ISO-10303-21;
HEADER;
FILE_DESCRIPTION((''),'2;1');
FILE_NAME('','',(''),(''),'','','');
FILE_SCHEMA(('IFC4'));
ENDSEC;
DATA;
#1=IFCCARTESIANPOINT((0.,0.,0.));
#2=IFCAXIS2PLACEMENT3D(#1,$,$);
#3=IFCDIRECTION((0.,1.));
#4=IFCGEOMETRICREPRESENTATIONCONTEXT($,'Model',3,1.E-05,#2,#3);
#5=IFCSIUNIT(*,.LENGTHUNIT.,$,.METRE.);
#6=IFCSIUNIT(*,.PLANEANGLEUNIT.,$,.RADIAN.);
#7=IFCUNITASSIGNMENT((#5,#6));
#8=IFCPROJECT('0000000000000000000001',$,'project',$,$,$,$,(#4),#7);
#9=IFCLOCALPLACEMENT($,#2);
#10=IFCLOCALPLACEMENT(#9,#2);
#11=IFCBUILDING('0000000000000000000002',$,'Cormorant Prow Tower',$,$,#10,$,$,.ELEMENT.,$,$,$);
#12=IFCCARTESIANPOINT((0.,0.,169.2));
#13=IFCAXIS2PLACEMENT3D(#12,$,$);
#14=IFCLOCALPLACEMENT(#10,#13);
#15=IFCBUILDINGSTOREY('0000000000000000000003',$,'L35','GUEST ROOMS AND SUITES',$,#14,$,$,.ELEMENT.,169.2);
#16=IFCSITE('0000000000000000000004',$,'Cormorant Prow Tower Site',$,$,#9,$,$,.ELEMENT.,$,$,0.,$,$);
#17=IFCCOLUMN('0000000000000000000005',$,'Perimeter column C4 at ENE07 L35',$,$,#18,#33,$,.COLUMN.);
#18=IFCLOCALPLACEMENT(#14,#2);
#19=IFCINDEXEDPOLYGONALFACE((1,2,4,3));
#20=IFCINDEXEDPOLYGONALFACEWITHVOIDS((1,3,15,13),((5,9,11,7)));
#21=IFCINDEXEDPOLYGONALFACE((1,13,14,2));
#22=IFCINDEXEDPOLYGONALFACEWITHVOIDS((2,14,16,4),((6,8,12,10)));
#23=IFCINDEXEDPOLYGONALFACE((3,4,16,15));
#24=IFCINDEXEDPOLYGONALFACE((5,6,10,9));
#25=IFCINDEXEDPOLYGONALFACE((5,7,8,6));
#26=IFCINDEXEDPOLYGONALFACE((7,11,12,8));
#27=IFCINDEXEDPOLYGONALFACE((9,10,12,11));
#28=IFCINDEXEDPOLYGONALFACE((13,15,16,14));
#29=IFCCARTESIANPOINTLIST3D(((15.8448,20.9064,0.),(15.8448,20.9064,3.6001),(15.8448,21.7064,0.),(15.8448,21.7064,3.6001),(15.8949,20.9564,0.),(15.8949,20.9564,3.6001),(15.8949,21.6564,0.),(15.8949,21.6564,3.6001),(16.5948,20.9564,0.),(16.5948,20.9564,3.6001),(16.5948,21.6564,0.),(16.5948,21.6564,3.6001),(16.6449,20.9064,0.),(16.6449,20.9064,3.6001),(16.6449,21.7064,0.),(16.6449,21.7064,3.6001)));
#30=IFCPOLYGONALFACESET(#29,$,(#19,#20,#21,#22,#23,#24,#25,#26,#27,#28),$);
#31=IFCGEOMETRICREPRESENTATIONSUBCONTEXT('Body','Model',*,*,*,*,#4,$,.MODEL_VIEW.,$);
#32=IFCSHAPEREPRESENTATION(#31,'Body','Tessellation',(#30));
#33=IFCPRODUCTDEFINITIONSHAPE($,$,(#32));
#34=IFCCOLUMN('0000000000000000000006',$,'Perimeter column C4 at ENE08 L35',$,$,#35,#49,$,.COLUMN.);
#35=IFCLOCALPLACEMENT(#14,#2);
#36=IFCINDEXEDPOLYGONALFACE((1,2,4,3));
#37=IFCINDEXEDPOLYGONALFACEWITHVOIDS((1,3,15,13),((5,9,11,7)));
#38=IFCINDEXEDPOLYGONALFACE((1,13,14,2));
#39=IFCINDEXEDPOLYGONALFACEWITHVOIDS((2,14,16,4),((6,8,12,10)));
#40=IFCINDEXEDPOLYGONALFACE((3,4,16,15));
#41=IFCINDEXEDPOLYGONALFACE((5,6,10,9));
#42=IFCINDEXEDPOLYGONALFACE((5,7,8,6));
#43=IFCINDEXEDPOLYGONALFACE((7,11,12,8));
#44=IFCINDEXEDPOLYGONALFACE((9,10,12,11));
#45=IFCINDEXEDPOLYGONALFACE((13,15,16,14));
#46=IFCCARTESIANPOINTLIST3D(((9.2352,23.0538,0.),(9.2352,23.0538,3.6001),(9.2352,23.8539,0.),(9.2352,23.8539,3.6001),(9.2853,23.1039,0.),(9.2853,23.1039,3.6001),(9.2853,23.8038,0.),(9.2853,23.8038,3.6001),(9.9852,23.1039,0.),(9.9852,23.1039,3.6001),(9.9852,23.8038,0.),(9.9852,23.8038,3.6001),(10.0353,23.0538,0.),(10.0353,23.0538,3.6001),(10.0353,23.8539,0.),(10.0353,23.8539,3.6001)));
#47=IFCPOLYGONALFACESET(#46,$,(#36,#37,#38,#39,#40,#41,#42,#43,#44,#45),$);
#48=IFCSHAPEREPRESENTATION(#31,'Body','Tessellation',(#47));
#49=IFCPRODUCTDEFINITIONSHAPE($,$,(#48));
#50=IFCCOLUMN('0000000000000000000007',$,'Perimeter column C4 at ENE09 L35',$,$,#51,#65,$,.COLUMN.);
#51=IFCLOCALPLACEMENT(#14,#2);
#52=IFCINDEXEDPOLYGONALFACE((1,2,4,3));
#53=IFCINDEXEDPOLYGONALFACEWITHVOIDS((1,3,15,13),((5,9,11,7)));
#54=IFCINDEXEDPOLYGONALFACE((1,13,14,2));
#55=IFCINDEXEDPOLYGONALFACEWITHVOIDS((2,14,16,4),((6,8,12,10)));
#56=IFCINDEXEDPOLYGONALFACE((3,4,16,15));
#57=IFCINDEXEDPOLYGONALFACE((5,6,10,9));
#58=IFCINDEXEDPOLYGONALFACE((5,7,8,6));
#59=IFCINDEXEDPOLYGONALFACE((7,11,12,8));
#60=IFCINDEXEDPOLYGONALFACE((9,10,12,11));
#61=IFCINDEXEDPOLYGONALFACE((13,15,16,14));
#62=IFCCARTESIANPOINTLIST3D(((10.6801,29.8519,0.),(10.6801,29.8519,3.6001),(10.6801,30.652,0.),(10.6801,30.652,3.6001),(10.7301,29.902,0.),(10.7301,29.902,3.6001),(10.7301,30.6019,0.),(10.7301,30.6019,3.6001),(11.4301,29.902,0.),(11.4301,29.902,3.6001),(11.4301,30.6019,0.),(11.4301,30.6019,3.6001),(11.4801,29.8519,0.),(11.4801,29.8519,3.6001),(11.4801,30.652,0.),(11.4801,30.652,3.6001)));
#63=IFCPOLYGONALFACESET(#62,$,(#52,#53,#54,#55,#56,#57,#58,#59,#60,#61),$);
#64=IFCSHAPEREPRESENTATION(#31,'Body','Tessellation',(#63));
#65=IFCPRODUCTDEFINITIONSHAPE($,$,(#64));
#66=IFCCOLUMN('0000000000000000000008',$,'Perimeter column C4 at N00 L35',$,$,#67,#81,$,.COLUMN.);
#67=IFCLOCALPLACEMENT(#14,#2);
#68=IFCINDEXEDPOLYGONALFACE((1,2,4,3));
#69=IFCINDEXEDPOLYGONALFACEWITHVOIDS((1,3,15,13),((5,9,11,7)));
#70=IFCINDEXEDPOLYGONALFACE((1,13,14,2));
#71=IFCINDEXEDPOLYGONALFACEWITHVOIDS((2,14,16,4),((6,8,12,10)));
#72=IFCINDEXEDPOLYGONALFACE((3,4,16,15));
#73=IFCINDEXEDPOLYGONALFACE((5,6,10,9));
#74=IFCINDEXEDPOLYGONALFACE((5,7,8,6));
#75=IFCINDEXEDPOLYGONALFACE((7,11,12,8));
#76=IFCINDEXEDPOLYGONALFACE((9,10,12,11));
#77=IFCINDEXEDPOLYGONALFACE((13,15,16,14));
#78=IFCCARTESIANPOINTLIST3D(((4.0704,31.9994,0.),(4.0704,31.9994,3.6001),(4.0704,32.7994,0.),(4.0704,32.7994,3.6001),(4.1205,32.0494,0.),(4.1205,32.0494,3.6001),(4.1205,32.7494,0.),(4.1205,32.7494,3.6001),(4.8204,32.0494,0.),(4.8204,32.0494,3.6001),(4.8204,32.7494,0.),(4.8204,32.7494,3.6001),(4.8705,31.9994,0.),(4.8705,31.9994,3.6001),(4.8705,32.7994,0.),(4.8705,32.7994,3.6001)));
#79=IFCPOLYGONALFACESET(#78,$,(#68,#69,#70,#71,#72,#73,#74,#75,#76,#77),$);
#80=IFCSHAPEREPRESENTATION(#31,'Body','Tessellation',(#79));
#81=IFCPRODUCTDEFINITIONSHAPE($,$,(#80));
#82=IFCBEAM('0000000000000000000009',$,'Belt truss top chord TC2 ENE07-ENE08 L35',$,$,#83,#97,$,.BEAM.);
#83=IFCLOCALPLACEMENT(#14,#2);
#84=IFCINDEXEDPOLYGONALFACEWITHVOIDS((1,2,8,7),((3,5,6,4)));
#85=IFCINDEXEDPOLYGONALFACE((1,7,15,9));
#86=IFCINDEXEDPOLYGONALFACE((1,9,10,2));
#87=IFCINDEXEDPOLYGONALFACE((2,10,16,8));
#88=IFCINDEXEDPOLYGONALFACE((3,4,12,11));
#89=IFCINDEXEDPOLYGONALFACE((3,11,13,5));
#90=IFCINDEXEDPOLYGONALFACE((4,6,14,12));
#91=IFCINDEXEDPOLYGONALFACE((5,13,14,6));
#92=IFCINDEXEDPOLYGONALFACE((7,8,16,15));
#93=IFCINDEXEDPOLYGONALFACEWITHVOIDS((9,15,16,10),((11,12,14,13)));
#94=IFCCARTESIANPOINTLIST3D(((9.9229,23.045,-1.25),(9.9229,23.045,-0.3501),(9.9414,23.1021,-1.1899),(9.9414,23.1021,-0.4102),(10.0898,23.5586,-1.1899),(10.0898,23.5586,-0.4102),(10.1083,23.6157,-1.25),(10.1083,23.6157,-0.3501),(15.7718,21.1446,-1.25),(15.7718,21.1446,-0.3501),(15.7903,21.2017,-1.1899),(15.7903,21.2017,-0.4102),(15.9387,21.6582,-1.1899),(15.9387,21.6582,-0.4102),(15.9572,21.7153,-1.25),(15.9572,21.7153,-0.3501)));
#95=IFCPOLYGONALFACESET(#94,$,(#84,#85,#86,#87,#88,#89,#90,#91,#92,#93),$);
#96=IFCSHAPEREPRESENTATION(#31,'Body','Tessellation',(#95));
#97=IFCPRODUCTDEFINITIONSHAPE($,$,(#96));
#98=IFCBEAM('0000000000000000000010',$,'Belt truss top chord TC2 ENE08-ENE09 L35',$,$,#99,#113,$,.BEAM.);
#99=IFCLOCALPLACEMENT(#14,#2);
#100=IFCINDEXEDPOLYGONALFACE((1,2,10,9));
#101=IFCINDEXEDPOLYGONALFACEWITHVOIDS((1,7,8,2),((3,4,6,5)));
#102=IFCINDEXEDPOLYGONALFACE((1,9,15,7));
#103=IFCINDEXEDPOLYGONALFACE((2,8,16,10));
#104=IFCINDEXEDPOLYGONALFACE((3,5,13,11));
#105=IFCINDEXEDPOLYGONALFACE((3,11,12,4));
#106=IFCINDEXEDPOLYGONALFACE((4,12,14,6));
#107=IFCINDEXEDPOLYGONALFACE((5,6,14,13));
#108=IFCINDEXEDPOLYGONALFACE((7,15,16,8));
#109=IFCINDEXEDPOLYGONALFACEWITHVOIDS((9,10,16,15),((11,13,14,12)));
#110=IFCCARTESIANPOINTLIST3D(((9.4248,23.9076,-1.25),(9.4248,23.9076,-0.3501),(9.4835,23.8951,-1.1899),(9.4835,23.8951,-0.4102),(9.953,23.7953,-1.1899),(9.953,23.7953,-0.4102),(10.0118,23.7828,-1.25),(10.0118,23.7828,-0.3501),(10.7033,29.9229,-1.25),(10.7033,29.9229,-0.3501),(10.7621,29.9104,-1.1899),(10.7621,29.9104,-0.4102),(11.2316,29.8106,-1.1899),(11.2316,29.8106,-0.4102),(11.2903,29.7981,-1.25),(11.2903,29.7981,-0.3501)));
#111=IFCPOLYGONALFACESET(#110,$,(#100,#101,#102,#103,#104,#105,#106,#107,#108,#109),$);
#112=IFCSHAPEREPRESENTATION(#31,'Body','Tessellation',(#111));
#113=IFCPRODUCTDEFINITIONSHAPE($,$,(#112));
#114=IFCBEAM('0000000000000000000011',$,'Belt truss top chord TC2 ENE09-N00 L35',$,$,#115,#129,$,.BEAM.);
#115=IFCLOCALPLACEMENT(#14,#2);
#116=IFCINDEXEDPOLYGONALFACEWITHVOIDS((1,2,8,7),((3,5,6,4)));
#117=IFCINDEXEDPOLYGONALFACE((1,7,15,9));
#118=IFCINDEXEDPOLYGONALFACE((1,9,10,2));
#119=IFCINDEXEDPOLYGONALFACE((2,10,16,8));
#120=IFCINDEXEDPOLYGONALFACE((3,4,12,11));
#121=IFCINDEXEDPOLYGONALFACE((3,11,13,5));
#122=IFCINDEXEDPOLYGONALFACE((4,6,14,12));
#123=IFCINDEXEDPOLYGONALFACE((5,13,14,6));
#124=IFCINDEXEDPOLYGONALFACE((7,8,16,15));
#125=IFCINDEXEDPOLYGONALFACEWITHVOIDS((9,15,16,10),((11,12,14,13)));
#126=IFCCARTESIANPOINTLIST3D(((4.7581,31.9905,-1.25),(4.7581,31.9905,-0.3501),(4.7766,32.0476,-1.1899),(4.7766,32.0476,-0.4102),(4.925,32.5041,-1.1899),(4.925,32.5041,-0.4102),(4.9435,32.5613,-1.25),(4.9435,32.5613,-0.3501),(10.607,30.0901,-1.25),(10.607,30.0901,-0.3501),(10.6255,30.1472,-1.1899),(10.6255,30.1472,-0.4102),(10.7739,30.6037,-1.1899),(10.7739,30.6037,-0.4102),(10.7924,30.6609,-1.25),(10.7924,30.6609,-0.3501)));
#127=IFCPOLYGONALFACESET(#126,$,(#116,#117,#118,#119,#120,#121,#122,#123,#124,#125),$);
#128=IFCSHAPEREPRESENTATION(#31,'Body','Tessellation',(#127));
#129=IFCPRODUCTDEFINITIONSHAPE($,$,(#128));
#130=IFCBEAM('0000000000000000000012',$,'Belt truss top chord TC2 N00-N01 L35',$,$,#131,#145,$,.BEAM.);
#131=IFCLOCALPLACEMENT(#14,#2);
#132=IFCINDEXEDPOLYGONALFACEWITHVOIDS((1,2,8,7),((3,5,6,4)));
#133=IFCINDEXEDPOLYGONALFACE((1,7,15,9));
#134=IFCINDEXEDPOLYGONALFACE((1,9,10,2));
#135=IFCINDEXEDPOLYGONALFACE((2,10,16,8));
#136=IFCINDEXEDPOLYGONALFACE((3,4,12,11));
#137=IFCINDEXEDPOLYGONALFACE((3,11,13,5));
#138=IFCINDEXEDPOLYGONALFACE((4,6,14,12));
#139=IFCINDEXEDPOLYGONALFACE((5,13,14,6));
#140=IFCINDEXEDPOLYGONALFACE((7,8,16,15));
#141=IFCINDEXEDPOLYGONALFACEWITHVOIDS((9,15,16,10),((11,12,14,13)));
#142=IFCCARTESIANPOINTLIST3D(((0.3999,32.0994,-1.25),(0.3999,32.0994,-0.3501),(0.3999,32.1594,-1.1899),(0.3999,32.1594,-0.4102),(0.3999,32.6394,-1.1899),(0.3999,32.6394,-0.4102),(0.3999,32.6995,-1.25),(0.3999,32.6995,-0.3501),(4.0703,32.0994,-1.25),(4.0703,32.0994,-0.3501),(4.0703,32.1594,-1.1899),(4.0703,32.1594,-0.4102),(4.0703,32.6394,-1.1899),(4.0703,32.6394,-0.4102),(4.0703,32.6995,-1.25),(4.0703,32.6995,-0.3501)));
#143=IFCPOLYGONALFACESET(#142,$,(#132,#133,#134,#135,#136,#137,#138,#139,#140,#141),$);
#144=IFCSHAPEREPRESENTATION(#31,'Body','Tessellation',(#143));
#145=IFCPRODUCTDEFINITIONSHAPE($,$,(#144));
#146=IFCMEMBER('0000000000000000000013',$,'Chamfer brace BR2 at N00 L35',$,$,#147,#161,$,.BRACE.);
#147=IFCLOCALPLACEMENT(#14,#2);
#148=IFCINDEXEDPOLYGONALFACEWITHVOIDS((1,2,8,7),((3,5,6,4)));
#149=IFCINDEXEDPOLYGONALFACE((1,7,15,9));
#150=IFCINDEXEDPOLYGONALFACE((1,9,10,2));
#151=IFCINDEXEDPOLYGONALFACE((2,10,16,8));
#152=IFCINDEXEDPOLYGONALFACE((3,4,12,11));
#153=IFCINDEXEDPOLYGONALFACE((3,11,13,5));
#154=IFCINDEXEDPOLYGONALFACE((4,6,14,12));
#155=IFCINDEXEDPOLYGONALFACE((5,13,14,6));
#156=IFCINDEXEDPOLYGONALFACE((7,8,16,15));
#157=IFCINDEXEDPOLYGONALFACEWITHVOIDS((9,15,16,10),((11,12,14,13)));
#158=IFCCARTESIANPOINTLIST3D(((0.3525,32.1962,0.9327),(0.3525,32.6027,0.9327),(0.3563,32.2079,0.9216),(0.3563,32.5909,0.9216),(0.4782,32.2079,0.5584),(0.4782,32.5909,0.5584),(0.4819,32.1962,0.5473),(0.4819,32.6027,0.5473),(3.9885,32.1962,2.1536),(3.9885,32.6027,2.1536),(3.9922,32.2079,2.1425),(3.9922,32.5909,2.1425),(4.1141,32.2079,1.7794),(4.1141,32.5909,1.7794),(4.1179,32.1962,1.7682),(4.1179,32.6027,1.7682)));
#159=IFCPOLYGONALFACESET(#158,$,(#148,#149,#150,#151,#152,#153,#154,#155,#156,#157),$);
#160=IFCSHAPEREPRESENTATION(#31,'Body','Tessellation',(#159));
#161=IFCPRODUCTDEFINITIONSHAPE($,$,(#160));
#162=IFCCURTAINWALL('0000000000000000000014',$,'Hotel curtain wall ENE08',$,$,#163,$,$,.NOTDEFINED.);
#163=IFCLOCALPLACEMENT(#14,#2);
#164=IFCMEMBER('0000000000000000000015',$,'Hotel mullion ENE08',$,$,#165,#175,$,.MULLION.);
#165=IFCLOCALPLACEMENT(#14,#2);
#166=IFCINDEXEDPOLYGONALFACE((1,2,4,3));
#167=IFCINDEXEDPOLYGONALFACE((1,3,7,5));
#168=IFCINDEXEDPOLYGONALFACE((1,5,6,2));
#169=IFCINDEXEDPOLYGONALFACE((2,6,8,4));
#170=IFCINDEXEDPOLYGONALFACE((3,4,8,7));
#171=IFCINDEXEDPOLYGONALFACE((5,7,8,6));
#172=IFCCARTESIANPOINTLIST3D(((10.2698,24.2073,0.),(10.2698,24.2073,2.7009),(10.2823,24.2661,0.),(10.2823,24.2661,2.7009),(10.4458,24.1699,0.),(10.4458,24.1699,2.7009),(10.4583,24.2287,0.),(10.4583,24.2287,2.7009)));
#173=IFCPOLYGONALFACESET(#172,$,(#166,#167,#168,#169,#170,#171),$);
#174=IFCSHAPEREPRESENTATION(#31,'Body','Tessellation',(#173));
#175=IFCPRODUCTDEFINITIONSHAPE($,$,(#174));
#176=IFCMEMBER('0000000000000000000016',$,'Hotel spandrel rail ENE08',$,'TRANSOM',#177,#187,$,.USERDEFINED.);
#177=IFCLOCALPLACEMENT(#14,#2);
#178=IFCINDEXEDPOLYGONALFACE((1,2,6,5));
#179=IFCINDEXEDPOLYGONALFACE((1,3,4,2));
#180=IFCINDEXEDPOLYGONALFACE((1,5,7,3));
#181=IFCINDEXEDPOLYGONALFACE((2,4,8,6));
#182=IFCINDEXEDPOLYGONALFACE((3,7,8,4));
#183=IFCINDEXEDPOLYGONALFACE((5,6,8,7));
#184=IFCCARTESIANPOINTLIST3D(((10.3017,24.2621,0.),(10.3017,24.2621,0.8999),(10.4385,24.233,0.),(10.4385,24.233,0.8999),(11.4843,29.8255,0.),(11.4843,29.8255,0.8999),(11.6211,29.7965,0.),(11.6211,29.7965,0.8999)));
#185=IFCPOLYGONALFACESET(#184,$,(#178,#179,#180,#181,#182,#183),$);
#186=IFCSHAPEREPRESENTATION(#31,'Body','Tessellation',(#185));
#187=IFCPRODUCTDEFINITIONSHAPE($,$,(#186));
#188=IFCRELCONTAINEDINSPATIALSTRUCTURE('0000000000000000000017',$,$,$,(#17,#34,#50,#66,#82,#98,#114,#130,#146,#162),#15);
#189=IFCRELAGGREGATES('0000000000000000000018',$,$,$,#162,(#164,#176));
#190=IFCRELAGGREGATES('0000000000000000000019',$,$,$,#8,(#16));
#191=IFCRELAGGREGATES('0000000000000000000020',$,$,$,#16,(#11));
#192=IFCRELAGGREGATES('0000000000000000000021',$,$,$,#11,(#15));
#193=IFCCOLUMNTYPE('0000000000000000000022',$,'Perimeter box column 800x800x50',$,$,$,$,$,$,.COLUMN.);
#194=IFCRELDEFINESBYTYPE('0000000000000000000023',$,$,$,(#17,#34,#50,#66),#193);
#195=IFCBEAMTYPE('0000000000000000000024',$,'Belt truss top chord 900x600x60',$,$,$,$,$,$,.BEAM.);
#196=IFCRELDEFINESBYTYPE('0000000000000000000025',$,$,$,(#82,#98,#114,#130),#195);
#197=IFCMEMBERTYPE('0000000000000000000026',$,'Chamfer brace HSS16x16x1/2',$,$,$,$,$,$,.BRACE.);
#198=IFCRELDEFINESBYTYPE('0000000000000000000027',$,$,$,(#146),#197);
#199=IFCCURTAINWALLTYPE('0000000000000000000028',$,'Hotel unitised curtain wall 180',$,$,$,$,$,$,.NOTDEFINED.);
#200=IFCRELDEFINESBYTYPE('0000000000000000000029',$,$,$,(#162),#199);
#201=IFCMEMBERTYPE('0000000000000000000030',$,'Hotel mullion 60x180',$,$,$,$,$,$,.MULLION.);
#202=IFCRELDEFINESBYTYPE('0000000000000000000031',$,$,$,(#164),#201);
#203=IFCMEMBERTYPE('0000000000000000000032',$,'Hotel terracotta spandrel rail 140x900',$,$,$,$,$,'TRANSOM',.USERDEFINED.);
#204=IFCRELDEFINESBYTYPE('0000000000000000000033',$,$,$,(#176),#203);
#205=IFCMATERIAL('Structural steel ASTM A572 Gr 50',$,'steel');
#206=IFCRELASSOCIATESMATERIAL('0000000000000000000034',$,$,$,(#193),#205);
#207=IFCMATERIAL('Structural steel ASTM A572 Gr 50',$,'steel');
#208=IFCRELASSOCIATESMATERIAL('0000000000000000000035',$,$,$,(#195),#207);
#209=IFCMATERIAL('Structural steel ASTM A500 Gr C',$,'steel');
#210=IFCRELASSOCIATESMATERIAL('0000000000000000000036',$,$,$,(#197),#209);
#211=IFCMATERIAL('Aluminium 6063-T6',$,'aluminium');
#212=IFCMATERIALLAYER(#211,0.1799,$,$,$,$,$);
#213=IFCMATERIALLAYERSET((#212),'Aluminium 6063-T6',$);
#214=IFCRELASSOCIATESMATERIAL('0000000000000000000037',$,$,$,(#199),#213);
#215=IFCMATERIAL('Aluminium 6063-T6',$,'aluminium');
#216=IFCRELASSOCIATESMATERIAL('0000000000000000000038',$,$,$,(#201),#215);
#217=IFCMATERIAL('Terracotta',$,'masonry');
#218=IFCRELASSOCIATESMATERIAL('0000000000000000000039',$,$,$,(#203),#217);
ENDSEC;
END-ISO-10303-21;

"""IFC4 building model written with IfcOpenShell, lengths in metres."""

from ifc_helpers import new_model, si_unit, direction, frame, origin, origin_2d, place, context, subcontext, project, spatial, rectangle, hollow_rectangle, extrude, material, layer, layer_set, material_profile, profile_set, type_object, element, aggregate, save


model = new_model("IFC4")

# Units and contexts
model_context = context("Model", 3, precision=1e-05, world=origin(), true_north=direction((0.0, 1.0)))
body_context = subcontext(model_context, "Body", "Model", "MODEL_VIEW")
ifc_project = project(units=[si_unit("LENGTHUNIT", "METRE"), si_unit("PLANEANGLEUNIT", "RADIAN")], contexts=[model_context])

# Site, building, storey
site_placement = place(None, origin())
site = spatial("IfcSite", under=ifc_project, at=site_placement, Name="Cormorant Prow Tower Site", CompositionType="ELEMENT", RefElevation=0.0)
building_placement = place(site_placement, origin())
building = spatial("IfcBuilding", under=site, at=building_placement, Name="Cormorant Prow Tower", CompositionType="ELEMENT")
storey_placement = place(building_placement, frame((0.0, 0.0, 169.2)))
storey = spatial("IfcBuildingStorey", under=building, at=storey_placement, Name="L35", Description="GUEST ROOMS AND SUITES", CompositionType="ELEMENT", Elevation=169.2)

# Columns
ifc_material_1 = material(Name="Structural steel ASTM A572 Gr 50", Category="steel")
ifc_material_profile_1 = material_profile(ifc_material_1, hollow_rectangle(XDim=0.8, YDim=0.8, WallThickness=0.05, at=origin_2d()), Name="Box 800x800x50")
ifc_profile_set_1 = profile_set([ifc_material_profile_1], Name="Structural steel ASTM A572 Gr 50")
column_type = type_object("IfcColumnType", Name="Perimeter box column 800x800x50", PredefinedType="COLUMN", material=ifc_profile_set_1)
for number, where, z_axis, x_axis, name in (
    (1, (16.2449, 21.3064, 0.0), (0.0, 0.0, 1.0), (1.0, 0.0, 0.0), "Perimeter column C4 at ENE07 L35"),
    (2, (9.6353, 23.4539, 0.0), (0.0, 0.0, 1.0), (1.0, 0.0, 0.0), "Perimeter column C4 at ENE08 L35"),
    (3, (11.0801, 30.252, 0.0), (0.0, 0.0, 1.0), (1.0, 0.0, 0.0), "Perimeter column C4 at ENE09 L35"),
    (4, (4.4705, 32.3994, 0.0), (0.0, 0.0, 1.0), (1.0, 0.0, 0.0), "Perimeter column C4 at N00 L35"),
):
    element("IfcColumn", number, at=place(storey_placement, frame(where, z_axis=z_axis, x_axis=x_axis)), inside=storey, type_object=column_type, Name=name, PredefinedType="COLUMN", context=body_context, shape_type="SweptSolid", body=[
        extrude(hollow_rectangle(XDim=0.8, YDim=0.8, WallThickness=0.05, at=origin_2d()), origin(), (0.0, 0.0, 1.0), 3.6001),
    ])

# Beams
ifc_material_2 = material(Name="Structural steel ASTM A572 Gr 50", Category="steel")
ifc_material_profile_2 = material_profile(ifc_material_2, hollow_rectangle(XDim=0.6001, YDim=0.8999, WallThickness=0.0601, at=origin_2d()), Name="Box 900x600x60")
ifc_profile_set_2 = profile_set([ifc_material_profile_2], Name="Structural steel ASTM A572 Gr 50")
beam_type = type_object("IfcBeamType", Name="Belt truss top chord 900x600x60", PredefinedType="BEAM", material=ifc_profile_set_2)
beam_1_placement = place(storey_placement, frame((15.8645, 21.4299, -0.8), z_axis=(-0.951058, 0.309013, 0.0), x_axis=(-0.309013, -0.951058, 0.0)))
element("IfcBeam", 5, at=beam_1_placement, inside=storey, type_object=beam_type, Name="Belt truss top chord TC2 ENE07-ENE08 L35", PredefinedType="BEAM", context=body_context, shape_type="SweptSolid", body=[
    extrude(hollow_rectangle(XDim=0.6001, YDim=0.8999, WallThickness=0.0601, at=origin_2d()), origin(), (0.0, 0.0, 1.0), 6.1499),
])
beam_2_placement = place(storey_placement, frame((9.7183, 23.8452, -0.8), z_axis=(0.207905, 0.978149, 0.0), x_axis=(-0.978149, 0.207905, 0.0)))
element("IfcBeam", 6, at=beam_2_placement, inside=storey, type_object=beam_type, Name="Belt truss top chord TC2 ENE08-ENE09 L35", PredefinedType="BEAM", context=body_context, shape_type="SweptSolid", body=[
    extrude(hollow_rectangle(XDim=0.6001, YDim=0.8999, WallThickness=0.0601, at=origin_2d()), origin(), (0.0, 0.0, 1.0), 6.1497),
])
beam_3_placement = place(storey_placement, frame((10.6997, 30.3755, -0.8), z_axis=(-0.951058, 0.309013, 0.0), x_axis=(-0.309013, -0.951058, 0.0)))
element("IfcBeam", 7, at=beam_3_placement, inside=storey, type_object=beam_type, Name="Belt truss top chord TC2 ENE09-N00 L35", PredefinedType="BEAM", context=body_context, shape_type="SweptSolid", body=[
    extrude(hollow_rectangle(XDim=0.6001, YDim=0.8999, WallThickness=0.0601, at=origin_2d()), origin(), (0.0, 0.0, 1.0), 6.1499),
])
beam_4_placement = place(storey_placement, frame((4.0703, 32.3994, -0.8), z_axis=(-1.0, 0.0, 0.0), x_axis=(0.0, -1.0, 0.0)))
element("IfcBeam", 8, at=beam_4_placement, inside=storey, type_object=beam_type, Name="Belt truss top chord TC2 N00-N01 L35", PredefinedType="BEAM", context=body_context, shape_type="SweptSolid", body=[
    extrude(hollow_rectangle(XDim=0.6001, YDim=0.8999, WallThickness=0.0601, at=origin_2d()), origin(), (0.0, 0.0, 1.0), 3.6704),
])

# Member
ifc_material_3 = material(Name="Structural steel ASTM A500 Gr C", Category="steel")
ifc_material_profile_3 = material_profile(ifc_material_3, hollow_rectangle(XDim=0.4065, YDim=0.4065, WallThickness=0.0117, at=origin_2d()), Name="HSS16x16x1/2")
ifc_profile_set_3 = profile_set([ifc_material_profile_3], Name="Structural steel ASTM A500 Gr C")
member_type_1 = type_object("IfcMemberType", Name="Chamfer brace HSS16x16x1/2", PredefinedType="BRACE", material=ifc_profile_set_3)
member_1_placement = place(storey_placement, frame((0.4172, 32.3994, 0.74), z_axis=(0.947981, 0.0, 0.318328), x_axis=(0.0, 1.0, 0.0)))
element("IfcMember", 9, at=member_1_placement, inside=storey, type_object=member_type_1, Name="Chamfer brace BR2 at N00 L35", PredefinedType="BRACE", context=body_context, shape_type="SweptSolid", body=[
    extrude(hollow_rectangle(XDim=0.4065, YDim=0.4065, WallThickness=0.0117, at=origin_2d()), origin(), (0.0, 0.0, 1.0), 3.8354),
])

# Curtain wall, members
ifc_material_4 = material(Name="Aluminium 6063-T6", Category="aluminium")
ifc_layer_1 = layer(ifc_material_4, 0.1799)
ifc_layer_set_1 = layer_set([ifc_layer_1], Name="Aluminium 6063-T6")
curtain_wall_type = type_object("IfcCurtainWallType", Name="Hotel unitised curtain wall 180", PredefinedType="NOTDEFINED", material=ifc_layer_set_1)
curtain_wall_1_placement = place(storey_placement, origin())
curtain_wall_1 = element("IfcCurtainWall", 10, at=curtain_wall_1_placement, inside=storey, type_object=curtain_wall_type, Name="Hotel curtain wall ENE08", PredefinedType="NOTDEFINED")
ifc_material_5 = material(Name="Aluminium 6063-T6", Category="aluminium")
ifc_material_profile_4 = material_profile(ifc_material_5, rectangle(XDim=0.1799, YDim=0.0601, at=origin_2d()), Name="Hotel mullion 60x180")
ifc_profile_set_4 = profile_set([ifc_material_profile_4], Name="Aluminium 6063-T6")
member_type_2 = type_object("IfcMemberType", Name="Hotel mullion 60x180", PredefinedType="MULLION", material=ifc_profile_set_4)
member_2_placement = place(storey_placement, frame((10.364, 24.218, 0.0), z_axis=(0.0, 0.0, 1.0), x_axis=(-0.978148, 0.207912, 0.0)))
member_2 = element("IfcMember", 11, at=member_2_placement, type_object=member_type_2, Name="Hotel mullion ENE08", PredefinedType="MULLION", context=body_context, shape_type="SweptSolid", body=[
    extrude(rectangle(XDim=0.1799, YDim=0.0601, at=origin_2d()), origin(), (0.0, 0.0, 1.0), 2.7009),
])
ifc_material_6 = material(Name="Terracotta", Category="masonry")
ifc_material_profile_5 = material_profile(ifc_material_6, rectangle(XDim=0.1399, YDim=0.8999, at=origin_2d()), Name="Hotel terracotta spandrel rail 140x900")
ifc_profile_set_5 = profile_set([ifc_material_profile_5], Name="Terracotta")
member_type_3 = type_object("IfcMemberType", Name="Hotel terracotta spandrel rail 140x900", ElementType="TRANSOM", PredefinedType="USERDEFINED", material=ifc_profile_set_5)
member_3_placement = place(storey_placement, frame((10.3701, 24.2476, 0.45), z_axis=(0.207922, 0.978145, 0.0), x_axis=(-0.978145, 0.207922, 0.0)))
member_3 = element("IfcMember", 12, at=member_3_placement, type_object=member_type_3, Name="Hotel spandrel rail ENE08", ObjectType="TRANSOM", PredefinedType="USERDEFINED", context=body_context, shape_type="SweptSolid", body=[
    extrude(rectangle(XDim=0.1399, YDim=0.8999, at=origin_2d()), origin(), (0.0, 0.0, 1.0), 5.6877),
])

aggregate(curtain_wall_1, [member_2, member_3])

save(model, "model.ifc")
